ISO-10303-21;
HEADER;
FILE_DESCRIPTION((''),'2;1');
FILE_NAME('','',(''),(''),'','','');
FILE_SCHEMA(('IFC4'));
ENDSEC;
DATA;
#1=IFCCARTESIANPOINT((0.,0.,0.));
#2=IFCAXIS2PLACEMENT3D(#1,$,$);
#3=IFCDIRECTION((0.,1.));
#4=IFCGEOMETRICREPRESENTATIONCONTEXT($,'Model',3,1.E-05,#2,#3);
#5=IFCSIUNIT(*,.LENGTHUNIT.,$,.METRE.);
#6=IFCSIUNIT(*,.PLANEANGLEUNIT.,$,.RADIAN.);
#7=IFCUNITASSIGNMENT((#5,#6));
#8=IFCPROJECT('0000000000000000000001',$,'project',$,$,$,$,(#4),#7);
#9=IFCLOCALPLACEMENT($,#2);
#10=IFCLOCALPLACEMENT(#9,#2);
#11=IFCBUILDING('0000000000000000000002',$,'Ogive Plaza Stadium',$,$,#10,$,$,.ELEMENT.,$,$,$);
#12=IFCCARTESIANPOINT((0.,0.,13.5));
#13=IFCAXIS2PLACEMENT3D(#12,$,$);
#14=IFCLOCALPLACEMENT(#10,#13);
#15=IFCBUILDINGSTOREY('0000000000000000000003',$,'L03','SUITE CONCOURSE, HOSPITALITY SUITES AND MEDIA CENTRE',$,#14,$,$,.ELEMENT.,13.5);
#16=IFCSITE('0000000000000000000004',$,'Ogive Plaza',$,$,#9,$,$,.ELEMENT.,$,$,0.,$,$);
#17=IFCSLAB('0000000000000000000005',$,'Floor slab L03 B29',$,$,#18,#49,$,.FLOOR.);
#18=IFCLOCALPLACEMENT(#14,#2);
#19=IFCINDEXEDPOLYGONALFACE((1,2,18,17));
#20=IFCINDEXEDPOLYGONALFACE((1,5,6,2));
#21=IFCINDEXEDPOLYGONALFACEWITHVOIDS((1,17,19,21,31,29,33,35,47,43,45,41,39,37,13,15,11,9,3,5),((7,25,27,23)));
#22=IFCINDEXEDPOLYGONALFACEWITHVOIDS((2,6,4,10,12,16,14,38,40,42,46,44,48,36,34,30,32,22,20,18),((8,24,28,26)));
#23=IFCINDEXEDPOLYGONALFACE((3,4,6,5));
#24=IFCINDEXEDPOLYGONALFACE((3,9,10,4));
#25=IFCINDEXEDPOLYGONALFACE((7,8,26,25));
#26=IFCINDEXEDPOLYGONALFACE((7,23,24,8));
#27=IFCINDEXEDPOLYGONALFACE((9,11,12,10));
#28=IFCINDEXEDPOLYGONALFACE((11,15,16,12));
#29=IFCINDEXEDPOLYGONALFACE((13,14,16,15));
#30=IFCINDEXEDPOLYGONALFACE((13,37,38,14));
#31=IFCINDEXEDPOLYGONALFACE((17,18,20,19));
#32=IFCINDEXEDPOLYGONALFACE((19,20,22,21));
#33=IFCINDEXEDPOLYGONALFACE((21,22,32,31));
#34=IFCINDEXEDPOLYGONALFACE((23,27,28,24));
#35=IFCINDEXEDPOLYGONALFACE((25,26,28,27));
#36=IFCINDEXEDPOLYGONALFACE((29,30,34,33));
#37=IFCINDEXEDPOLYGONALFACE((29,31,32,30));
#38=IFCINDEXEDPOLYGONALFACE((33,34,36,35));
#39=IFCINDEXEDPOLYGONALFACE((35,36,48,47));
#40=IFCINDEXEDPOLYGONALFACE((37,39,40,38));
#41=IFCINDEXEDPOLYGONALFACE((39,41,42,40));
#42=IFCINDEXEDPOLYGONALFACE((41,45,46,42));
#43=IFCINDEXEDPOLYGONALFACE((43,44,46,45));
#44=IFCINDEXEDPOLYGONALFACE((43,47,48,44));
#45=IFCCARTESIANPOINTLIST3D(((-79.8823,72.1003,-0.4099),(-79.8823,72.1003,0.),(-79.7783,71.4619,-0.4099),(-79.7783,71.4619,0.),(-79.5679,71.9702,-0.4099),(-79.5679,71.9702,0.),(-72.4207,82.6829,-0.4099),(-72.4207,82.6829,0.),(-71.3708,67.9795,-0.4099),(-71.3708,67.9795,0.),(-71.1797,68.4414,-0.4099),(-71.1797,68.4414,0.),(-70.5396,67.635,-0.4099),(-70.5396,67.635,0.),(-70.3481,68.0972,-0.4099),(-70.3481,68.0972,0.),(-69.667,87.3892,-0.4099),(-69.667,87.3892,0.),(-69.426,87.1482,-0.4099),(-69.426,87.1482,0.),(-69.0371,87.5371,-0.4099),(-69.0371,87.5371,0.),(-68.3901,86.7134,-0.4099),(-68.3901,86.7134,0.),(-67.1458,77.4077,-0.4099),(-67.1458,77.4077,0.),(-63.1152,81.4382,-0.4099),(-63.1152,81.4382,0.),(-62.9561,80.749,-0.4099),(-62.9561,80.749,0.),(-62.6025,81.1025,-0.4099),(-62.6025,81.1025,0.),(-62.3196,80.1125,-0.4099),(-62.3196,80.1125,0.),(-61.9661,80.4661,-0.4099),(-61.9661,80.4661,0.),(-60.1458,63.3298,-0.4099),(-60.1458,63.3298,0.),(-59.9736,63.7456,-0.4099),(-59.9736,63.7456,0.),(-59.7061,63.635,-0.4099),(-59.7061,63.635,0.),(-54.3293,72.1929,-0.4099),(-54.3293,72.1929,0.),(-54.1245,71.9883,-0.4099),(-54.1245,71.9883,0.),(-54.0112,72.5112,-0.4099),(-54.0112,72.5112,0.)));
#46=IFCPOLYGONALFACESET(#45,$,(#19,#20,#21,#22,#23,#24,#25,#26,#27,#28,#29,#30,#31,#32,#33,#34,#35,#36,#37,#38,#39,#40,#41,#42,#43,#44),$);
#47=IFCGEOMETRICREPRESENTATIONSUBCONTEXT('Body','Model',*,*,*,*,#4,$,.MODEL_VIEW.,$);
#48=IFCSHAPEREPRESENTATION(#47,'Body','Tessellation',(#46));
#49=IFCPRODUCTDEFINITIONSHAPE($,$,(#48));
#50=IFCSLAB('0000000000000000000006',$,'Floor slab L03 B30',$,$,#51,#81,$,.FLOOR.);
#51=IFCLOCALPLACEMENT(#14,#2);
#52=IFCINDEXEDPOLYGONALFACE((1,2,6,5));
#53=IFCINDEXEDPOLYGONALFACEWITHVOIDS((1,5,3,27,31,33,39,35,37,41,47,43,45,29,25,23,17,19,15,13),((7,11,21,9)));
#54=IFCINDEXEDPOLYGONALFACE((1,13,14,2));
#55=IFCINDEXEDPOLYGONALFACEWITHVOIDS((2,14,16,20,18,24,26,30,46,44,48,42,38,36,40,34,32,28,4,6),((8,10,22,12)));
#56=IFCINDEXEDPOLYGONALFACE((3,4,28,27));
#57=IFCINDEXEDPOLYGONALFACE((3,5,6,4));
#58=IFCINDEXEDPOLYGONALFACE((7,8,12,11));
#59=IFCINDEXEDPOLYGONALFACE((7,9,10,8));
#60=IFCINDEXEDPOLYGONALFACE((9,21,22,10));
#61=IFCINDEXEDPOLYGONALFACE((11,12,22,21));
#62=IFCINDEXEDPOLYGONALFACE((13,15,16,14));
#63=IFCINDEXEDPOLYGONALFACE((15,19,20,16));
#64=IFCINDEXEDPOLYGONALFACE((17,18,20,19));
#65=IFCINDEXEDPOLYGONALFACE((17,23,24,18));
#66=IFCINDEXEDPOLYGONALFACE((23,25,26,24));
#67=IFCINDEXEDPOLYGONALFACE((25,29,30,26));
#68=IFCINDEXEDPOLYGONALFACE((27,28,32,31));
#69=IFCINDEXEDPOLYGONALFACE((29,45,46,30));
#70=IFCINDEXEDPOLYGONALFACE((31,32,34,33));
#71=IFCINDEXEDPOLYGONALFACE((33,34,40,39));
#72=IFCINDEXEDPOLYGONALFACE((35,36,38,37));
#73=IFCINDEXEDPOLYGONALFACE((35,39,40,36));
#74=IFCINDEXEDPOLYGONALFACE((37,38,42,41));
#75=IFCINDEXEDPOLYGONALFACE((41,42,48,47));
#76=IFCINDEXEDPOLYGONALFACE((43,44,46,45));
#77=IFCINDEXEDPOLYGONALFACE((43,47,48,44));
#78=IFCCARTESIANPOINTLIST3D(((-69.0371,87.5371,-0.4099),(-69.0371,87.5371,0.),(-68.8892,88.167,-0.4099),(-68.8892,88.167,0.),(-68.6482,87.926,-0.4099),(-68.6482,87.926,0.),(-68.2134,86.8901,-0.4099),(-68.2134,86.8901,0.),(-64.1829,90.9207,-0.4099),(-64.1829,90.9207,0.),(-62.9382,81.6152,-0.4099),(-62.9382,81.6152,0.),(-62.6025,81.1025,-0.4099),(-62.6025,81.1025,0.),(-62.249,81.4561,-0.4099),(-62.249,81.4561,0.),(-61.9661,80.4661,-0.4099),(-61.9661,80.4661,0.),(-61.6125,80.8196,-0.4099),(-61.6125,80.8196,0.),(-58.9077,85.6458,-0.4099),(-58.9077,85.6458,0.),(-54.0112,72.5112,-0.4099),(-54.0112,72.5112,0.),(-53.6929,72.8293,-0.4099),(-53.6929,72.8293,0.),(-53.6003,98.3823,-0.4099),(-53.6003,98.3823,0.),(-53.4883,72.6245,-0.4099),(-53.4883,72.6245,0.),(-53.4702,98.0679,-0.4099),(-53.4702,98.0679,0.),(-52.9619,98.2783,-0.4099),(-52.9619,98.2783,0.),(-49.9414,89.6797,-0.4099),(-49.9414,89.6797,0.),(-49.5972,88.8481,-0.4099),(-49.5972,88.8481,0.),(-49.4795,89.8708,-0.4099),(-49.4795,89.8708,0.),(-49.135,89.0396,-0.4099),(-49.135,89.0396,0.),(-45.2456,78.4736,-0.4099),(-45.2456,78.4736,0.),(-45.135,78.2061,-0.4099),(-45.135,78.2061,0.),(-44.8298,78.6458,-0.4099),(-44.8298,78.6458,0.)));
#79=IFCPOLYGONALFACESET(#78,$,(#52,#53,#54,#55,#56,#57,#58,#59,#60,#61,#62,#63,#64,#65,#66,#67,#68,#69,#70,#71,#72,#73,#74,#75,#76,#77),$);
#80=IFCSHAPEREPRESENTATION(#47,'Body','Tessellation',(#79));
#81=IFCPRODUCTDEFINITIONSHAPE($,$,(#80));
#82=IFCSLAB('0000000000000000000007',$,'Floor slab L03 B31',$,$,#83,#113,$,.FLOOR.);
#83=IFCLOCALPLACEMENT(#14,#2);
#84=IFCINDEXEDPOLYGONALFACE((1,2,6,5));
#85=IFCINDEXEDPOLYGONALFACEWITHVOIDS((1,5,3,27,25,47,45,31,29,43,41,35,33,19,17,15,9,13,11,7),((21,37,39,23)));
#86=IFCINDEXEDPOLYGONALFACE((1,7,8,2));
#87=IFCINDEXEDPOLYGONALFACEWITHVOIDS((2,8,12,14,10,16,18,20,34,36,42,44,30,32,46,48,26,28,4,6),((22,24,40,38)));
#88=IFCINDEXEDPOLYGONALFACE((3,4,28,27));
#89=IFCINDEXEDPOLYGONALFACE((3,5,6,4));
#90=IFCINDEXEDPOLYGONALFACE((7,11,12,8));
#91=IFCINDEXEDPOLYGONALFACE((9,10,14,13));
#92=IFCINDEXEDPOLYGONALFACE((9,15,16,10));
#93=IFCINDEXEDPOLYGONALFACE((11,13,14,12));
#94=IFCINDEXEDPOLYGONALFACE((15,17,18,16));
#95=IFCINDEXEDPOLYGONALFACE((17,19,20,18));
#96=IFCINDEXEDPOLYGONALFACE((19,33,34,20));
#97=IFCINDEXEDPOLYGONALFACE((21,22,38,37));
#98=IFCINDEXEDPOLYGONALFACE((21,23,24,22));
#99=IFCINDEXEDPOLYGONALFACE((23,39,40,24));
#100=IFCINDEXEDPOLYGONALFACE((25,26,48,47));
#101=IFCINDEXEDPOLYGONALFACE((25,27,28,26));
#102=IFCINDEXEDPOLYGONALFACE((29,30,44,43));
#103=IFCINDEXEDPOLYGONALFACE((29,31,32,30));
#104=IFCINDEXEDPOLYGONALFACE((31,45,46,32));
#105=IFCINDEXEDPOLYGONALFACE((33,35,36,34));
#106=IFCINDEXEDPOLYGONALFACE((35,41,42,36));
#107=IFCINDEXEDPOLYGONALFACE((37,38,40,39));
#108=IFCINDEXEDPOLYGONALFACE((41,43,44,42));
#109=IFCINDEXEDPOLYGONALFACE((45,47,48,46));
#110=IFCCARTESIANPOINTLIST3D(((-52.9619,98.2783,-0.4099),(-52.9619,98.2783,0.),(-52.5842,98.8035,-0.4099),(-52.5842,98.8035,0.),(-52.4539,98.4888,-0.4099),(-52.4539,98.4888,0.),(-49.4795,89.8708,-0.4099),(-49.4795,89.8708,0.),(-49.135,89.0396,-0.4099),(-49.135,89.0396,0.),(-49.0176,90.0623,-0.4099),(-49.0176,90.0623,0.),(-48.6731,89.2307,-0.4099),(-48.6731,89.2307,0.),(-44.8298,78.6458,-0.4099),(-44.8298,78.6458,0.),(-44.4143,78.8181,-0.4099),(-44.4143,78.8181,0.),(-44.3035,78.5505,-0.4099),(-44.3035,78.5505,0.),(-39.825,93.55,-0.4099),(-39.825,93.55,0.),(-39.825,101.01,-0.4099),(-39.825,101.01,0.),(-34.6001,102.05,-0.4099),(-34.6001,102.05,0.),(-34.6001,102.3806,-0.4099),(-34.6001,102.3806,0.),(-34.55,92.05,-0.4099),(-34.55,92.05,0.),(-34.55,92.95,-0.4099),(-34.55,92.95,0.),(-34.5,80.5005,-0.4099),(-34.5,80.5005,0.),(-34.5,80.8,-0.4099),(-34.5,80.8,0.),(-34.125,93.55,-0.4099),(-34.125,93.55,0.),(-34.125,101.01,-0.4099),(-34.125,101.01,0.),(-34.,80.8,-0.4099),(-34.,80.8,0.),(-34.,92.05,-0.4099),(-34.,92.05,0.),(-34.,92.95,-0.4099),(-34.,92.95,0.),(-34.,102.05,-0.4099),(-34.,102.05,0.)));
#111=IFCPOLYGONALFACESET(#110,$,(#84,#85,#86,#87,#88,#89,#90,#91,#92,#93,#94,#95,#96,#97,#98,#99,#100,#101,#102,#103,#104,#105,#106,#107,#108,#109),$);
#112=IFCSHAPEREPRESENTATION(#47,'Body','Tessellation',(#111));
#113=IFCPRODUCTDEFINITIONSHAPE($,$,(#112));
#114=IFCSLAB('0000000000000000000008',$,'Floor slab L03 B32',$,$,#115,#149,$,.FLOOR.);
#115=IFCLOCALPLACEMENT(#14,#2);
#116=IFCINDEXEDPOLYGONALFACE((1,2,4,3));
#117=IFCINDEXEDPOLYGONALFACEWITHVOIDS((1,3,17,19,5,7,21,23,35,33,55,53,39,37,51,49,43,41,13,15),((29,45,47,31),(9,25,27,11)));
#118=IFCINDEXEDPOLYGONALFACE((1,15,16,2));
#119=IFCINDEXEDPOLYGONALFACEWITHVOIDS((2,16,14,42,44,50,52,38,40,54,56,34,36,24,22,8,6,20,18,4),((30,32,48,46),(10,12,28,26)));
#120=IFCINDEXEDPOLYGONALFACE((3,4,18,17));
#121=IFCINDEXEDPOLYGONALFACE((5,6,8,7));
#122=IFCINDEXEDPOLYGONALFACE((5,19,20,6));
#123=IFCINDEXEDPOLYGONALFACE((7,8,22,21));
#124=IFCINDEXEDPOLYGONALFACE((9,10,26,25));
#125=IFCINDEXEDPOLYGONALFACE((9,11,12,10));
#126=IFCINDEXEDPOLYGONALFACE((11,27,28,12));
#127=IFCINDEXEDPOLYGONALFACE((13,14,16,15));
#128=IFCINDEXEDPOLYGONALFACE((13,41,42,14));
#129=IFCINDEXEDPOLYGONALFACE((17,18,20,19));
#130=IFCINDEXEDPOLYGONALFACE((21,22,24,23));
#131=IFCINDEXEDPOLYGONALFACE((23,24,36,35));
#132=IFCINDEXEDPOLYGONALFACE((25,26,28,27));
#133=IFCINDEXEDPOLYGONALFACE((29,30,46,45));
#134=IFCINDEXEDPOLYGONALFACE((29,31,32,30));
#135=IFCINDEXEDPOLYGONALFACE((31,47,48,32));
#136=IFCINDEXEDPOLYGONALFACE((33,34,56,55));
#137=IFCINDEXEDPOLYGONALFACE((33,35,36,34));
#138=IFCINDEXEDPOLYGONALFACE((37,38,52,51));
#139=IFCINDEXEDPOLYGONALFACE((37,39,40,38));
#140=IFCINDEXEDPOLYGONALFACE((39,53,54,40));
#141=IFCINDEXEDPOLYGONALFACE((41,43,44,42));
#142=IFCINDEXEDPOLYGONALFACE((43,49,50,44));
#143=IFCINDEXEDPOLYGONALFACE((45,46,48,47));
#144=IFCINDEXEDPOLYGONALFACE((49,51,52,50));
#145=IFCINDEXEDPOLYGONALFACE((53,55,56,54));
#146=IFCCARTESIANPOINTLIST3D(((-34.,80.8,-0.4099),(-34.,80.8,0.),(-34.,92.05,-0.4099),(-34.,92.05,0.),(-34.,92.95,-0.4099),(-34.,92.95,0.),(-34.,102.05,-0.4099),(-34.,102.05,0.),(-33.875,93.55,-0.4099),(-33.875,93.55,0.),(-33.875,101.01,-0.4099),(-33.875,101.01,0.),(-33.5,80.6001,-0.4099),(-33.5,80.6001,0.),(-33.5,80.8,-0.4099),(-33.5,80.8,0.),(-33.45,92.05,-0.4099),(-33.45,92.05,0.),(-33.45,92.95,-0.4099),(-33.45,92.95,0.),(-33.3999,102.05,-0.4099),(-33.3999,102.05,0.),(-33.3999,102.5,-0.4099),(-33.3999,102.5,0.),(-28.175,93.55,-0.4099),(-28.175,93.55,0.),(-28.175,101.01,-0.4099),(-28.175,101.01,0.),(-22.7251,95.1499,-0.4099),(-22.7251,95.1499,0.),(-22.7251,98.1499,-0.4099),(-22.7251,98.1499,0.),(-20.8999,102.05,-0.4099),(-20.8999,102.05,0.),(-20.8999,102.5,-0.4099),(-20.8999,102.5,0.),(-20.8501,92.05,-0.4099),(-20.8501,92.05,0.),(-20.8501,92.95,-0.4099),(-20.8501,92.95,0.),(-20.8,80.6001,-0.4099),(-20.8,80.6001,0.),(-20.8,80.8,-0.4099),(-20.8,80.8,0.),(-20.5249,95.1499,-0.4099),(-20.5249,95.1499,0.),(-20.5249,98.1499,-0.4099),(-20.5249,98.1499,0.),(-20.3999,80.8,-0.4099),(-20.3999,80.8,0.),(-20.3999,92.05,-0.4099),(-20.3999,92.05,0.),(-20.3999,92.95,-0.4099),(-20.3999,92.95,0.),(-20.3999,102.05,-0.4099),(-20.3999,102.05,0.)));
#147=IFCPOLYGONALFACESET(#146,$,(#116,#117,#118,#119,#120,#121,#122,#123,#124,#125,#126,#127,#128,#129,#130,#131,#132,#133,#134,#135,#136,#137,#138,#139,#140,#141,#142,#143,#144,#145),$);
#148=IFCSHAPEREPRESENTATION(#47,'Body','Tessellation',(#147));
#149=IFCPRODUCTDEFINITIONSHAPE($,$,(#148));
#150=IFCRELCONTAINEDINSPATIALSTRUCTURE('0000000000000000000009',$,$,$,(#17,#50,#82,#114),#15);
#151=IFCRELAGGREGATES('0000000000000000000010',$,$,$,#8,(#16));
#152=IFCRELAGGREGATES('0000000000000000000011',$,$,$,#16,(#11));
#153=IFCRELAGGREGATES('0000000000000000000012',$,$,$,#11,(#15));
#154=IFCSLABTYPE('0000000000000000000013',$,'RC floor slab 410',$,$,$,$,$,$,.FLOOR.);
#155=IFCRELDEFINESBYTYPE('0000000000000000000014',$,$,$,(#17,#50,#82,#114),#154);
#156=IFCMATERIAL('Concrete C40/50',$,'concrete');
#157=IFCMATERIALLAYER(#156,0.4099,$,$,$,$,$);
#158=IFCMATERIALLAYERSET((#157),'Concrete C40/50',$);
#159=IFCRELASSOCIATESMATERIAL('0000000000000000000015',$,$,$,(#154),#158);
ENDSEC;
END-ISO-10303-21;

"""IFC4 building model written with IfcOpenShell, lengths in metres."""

from ifc_helpers import new_model, si_unit, direction, frame, origin, place, context, subcontext, project, spatial, polyline, outline, extrude, material, layer, layer_set, type_object, element, save


model = new_model("IFC4")

# Units and contexts
model_context = context("Model", 3, precision=1e-05, world=origin(), true_north=direction((0.0, 1.0)))
body_context = subcontext(model_context, "Body", "Model", "MODEL_VIEW")
ifc_project = project(units=[si_unit("LENGTHUNIT", "METRE"), si_unit("PLANEANGLEUNIT", "RADIAN")], contexts=[model_context])

# Site, building, storey
site_placement = place(None, origin())
site = spatial("IfcSite", under=ifc_project, at=site_placement, Name="Ogive Plaza", CompositionType="ELEMENT", RefElevation=0.0)
building_placement = place(site_placement, origin())
building = spatial("IfcBuilding", under=site, at=building_placement, Name="Ogive Plaza Stadium", CompositionType="ELEMENT")
storey_placement = place(building_placement, frame((0.0, 0.0, 13.5)))
storey = spatial("IfcBuildingStorey", under=building, at=storey_placement, Name="L03", Description="SUITE CONCOURSE, HOSPITALITY SUITES AND MEDIA CENTRE", CompositionType="ELEMENT", Elevation=13.5)

# Slabs
ifc_material_1 = material(Name="Concrete C40/50", Category="concrete")
ifc_layer_1 = layer(ifc_material_1, 0.4099)
ifc_layer_set_1 = layer_set([ifc_layer_1], Name="Concrete C40/50")
slab_type = type_object("IfcSlabType", Name="RC floor slab 410", PredefinedType="FLOOR", material=ifc_layer_set_1)
slab_1_placement = place(storey_placement, frame((0.0, 0.0, -0.4099)))
element("IfcSlab", 1, at=slab_1_placement, inside=storey, type_object=slab_type, Name="Floor slab L03 B29", PredefinedType="FLOOR", context=body_context, shape_type="SweptSolid", body=[
    extrude(outline(polyline([(-61.9661, 80.4661), (-62.3196, 80.1125), (-62.9561, 80.749), (-62.6025, 81.1025), (-69.0371, 87.5371), (-69.426, 87.1482), (-69.667, 87.3892), (-79.8823, 72.1003), (-79.5679, 71.9702), (-79.7783, 71.4619), (-71.3708, 67.9795), (-71.1797, 68.4414), (-70.3481, 68.0972), (-70.5396, 67.635), (-60.1458, 63.3298), (-59.9736, 63.7456), (-59.7061, 63.635), (-54.1245, 71.9883), (-54.3293, 72.1929), (-54.0112, 72.5112), (-61.9661, 80.4661)]), holes=[polyline([(-67.1458, 77.4077), (-63.1152, 81.4382), (-68.3901, 86.7134), (-72.4207, 82.6829), (-67.1458, 77.4077)])]), origin(), (0.0, 0.0, 1.0), 0.4099),
])
slab_2_placement = place(storey_placement, frame((0.0, 0.0, -0.4099)))
element("IfcSlab", 2, at=slab_2_placement, inside=storey, type_object=slab_type, Name="Floor slab L03 B30", PredefinedType="FLOOR", context=body_context, shape_type="SweptSolid", body=[
    extrude(outline(polyline([(-49.135, 89.0396), (-49.5972, 88.8481), (-49.9414, 89.6797), (-49.4795, 89.8708), (-52.9619, 98.2783), (-53.4702, 98.0679), (-53.6003, 98.3823), (-68.8892, 88.167), (-68.6482, 87.926), (-69.0371, 87.5371), (-62.6025, 81.1025), (-62.249, 81.4561), (-61.6125, 80.8196), (-61.9661, 80.4661), (-54.0112, 72.5112), (-53.6929, 72.8293), (-53.4883, 72.6245), (-45.135, 78.2061), (-45.2456, 78.4736), (-44.8298, 78.6458), (-49.135, 89.0396)]), holes=[polyline([(-62.9382, 81.6152), (-58.9077, 85.6458), (-64.1829, 90.9207), (-68.2134, 86.8901), (-62.9382, 81.6152)])]), origin(), (0.0, 0.0, 1.0), 0.4099),
])
slab_3_placement = place(storey_placement, frame((0.0, 0.0, -0.4099)))
element("IfcSlab", 3, at=slab_3_placement, inside=storey, type_object=slab_type, Name="Floor slab L03 B31", PredefinedType="FLOOR", context=body_context, shape_type="SweptSolid", body=[
    extrude(outline(polyline([(-34.0, 92.05), (-34.55, 92.05), (-34.55, 92.95), (-34.0, 92.95), (-34.0, 102.05), (-34.6001, 102.05), (-34.6001, 102.3806), (-52.5842, 98.8035), (-52.4539, 98.4888), (-52.9619, 98.2783), (-49.4795, 89.8708), (-49.0176, 90.0623), (-48.6731, 89.2307), (-49.135, 89.0396), (-44.8298, 78.6458), (-44.4143, 78.8181), (-44.3035, 78.5505), (-34.5, 80.5005), (-34.5, 80.8), (-34.0, 80.8), (-34.0, 92.05)]), holes=[polyline([(-39.825, 93.55), (-34.125, 93.55), (-34.125, 101.01), (-39.825, 101.01), (-39.825, 93.55)])]), origin(), (0.0, 0.0, 1.0), 0.4099),
])
slab_4_placement = place(storey_placement, frame((0.0, 0.0, -0.4099)))
element("IfcSlab", 4, at=slab_4_placement, inside=storey, type_object=slab_type, Name="Floor slab L03 B32", PredefinedType="FLOOR", context=body_context, shape_type="SweptSolid", body=[
    extrude(outline(polyline([(-20.3999, 92.05), (-20.8501, 92.05), (-20.8501, 92.95), (-20.3999, 92.95), (-20.3999, 102.05), (-20.8999, 102.05), (-20.8999, 102.5), (-33.3999, 102.5), (-33.3999, 102.05), (-34.0, 102.05), (-34.0, 92.95), (-33.45, 92.95), (-33.45, 92.05), (-34.0, 92.05), (-34.0, 80.8), (-33.5, 80.8), (-33.5, 80.6001), (-20.8, 80.6001), (-20.8, 80.8), (-20.3999, 80.8), (-20.3999, 92.05)]), holes=[polyline([(-20.5249, 95.1499), (-20.5249, 98.1499), (-22.7251, 98.1499), (-22.7251, 95.1499), (-20.5249, 95.1499)]), polyline([(-33.875, 93.55), (-28.175, 93.55), (-28.175, 101.01), (-33.875, 101.01), (-33.875, 93.55)])]), origin(), (0.0, 0.0, 1.0), 0.4099),
])

save(model, "model.ifc")
